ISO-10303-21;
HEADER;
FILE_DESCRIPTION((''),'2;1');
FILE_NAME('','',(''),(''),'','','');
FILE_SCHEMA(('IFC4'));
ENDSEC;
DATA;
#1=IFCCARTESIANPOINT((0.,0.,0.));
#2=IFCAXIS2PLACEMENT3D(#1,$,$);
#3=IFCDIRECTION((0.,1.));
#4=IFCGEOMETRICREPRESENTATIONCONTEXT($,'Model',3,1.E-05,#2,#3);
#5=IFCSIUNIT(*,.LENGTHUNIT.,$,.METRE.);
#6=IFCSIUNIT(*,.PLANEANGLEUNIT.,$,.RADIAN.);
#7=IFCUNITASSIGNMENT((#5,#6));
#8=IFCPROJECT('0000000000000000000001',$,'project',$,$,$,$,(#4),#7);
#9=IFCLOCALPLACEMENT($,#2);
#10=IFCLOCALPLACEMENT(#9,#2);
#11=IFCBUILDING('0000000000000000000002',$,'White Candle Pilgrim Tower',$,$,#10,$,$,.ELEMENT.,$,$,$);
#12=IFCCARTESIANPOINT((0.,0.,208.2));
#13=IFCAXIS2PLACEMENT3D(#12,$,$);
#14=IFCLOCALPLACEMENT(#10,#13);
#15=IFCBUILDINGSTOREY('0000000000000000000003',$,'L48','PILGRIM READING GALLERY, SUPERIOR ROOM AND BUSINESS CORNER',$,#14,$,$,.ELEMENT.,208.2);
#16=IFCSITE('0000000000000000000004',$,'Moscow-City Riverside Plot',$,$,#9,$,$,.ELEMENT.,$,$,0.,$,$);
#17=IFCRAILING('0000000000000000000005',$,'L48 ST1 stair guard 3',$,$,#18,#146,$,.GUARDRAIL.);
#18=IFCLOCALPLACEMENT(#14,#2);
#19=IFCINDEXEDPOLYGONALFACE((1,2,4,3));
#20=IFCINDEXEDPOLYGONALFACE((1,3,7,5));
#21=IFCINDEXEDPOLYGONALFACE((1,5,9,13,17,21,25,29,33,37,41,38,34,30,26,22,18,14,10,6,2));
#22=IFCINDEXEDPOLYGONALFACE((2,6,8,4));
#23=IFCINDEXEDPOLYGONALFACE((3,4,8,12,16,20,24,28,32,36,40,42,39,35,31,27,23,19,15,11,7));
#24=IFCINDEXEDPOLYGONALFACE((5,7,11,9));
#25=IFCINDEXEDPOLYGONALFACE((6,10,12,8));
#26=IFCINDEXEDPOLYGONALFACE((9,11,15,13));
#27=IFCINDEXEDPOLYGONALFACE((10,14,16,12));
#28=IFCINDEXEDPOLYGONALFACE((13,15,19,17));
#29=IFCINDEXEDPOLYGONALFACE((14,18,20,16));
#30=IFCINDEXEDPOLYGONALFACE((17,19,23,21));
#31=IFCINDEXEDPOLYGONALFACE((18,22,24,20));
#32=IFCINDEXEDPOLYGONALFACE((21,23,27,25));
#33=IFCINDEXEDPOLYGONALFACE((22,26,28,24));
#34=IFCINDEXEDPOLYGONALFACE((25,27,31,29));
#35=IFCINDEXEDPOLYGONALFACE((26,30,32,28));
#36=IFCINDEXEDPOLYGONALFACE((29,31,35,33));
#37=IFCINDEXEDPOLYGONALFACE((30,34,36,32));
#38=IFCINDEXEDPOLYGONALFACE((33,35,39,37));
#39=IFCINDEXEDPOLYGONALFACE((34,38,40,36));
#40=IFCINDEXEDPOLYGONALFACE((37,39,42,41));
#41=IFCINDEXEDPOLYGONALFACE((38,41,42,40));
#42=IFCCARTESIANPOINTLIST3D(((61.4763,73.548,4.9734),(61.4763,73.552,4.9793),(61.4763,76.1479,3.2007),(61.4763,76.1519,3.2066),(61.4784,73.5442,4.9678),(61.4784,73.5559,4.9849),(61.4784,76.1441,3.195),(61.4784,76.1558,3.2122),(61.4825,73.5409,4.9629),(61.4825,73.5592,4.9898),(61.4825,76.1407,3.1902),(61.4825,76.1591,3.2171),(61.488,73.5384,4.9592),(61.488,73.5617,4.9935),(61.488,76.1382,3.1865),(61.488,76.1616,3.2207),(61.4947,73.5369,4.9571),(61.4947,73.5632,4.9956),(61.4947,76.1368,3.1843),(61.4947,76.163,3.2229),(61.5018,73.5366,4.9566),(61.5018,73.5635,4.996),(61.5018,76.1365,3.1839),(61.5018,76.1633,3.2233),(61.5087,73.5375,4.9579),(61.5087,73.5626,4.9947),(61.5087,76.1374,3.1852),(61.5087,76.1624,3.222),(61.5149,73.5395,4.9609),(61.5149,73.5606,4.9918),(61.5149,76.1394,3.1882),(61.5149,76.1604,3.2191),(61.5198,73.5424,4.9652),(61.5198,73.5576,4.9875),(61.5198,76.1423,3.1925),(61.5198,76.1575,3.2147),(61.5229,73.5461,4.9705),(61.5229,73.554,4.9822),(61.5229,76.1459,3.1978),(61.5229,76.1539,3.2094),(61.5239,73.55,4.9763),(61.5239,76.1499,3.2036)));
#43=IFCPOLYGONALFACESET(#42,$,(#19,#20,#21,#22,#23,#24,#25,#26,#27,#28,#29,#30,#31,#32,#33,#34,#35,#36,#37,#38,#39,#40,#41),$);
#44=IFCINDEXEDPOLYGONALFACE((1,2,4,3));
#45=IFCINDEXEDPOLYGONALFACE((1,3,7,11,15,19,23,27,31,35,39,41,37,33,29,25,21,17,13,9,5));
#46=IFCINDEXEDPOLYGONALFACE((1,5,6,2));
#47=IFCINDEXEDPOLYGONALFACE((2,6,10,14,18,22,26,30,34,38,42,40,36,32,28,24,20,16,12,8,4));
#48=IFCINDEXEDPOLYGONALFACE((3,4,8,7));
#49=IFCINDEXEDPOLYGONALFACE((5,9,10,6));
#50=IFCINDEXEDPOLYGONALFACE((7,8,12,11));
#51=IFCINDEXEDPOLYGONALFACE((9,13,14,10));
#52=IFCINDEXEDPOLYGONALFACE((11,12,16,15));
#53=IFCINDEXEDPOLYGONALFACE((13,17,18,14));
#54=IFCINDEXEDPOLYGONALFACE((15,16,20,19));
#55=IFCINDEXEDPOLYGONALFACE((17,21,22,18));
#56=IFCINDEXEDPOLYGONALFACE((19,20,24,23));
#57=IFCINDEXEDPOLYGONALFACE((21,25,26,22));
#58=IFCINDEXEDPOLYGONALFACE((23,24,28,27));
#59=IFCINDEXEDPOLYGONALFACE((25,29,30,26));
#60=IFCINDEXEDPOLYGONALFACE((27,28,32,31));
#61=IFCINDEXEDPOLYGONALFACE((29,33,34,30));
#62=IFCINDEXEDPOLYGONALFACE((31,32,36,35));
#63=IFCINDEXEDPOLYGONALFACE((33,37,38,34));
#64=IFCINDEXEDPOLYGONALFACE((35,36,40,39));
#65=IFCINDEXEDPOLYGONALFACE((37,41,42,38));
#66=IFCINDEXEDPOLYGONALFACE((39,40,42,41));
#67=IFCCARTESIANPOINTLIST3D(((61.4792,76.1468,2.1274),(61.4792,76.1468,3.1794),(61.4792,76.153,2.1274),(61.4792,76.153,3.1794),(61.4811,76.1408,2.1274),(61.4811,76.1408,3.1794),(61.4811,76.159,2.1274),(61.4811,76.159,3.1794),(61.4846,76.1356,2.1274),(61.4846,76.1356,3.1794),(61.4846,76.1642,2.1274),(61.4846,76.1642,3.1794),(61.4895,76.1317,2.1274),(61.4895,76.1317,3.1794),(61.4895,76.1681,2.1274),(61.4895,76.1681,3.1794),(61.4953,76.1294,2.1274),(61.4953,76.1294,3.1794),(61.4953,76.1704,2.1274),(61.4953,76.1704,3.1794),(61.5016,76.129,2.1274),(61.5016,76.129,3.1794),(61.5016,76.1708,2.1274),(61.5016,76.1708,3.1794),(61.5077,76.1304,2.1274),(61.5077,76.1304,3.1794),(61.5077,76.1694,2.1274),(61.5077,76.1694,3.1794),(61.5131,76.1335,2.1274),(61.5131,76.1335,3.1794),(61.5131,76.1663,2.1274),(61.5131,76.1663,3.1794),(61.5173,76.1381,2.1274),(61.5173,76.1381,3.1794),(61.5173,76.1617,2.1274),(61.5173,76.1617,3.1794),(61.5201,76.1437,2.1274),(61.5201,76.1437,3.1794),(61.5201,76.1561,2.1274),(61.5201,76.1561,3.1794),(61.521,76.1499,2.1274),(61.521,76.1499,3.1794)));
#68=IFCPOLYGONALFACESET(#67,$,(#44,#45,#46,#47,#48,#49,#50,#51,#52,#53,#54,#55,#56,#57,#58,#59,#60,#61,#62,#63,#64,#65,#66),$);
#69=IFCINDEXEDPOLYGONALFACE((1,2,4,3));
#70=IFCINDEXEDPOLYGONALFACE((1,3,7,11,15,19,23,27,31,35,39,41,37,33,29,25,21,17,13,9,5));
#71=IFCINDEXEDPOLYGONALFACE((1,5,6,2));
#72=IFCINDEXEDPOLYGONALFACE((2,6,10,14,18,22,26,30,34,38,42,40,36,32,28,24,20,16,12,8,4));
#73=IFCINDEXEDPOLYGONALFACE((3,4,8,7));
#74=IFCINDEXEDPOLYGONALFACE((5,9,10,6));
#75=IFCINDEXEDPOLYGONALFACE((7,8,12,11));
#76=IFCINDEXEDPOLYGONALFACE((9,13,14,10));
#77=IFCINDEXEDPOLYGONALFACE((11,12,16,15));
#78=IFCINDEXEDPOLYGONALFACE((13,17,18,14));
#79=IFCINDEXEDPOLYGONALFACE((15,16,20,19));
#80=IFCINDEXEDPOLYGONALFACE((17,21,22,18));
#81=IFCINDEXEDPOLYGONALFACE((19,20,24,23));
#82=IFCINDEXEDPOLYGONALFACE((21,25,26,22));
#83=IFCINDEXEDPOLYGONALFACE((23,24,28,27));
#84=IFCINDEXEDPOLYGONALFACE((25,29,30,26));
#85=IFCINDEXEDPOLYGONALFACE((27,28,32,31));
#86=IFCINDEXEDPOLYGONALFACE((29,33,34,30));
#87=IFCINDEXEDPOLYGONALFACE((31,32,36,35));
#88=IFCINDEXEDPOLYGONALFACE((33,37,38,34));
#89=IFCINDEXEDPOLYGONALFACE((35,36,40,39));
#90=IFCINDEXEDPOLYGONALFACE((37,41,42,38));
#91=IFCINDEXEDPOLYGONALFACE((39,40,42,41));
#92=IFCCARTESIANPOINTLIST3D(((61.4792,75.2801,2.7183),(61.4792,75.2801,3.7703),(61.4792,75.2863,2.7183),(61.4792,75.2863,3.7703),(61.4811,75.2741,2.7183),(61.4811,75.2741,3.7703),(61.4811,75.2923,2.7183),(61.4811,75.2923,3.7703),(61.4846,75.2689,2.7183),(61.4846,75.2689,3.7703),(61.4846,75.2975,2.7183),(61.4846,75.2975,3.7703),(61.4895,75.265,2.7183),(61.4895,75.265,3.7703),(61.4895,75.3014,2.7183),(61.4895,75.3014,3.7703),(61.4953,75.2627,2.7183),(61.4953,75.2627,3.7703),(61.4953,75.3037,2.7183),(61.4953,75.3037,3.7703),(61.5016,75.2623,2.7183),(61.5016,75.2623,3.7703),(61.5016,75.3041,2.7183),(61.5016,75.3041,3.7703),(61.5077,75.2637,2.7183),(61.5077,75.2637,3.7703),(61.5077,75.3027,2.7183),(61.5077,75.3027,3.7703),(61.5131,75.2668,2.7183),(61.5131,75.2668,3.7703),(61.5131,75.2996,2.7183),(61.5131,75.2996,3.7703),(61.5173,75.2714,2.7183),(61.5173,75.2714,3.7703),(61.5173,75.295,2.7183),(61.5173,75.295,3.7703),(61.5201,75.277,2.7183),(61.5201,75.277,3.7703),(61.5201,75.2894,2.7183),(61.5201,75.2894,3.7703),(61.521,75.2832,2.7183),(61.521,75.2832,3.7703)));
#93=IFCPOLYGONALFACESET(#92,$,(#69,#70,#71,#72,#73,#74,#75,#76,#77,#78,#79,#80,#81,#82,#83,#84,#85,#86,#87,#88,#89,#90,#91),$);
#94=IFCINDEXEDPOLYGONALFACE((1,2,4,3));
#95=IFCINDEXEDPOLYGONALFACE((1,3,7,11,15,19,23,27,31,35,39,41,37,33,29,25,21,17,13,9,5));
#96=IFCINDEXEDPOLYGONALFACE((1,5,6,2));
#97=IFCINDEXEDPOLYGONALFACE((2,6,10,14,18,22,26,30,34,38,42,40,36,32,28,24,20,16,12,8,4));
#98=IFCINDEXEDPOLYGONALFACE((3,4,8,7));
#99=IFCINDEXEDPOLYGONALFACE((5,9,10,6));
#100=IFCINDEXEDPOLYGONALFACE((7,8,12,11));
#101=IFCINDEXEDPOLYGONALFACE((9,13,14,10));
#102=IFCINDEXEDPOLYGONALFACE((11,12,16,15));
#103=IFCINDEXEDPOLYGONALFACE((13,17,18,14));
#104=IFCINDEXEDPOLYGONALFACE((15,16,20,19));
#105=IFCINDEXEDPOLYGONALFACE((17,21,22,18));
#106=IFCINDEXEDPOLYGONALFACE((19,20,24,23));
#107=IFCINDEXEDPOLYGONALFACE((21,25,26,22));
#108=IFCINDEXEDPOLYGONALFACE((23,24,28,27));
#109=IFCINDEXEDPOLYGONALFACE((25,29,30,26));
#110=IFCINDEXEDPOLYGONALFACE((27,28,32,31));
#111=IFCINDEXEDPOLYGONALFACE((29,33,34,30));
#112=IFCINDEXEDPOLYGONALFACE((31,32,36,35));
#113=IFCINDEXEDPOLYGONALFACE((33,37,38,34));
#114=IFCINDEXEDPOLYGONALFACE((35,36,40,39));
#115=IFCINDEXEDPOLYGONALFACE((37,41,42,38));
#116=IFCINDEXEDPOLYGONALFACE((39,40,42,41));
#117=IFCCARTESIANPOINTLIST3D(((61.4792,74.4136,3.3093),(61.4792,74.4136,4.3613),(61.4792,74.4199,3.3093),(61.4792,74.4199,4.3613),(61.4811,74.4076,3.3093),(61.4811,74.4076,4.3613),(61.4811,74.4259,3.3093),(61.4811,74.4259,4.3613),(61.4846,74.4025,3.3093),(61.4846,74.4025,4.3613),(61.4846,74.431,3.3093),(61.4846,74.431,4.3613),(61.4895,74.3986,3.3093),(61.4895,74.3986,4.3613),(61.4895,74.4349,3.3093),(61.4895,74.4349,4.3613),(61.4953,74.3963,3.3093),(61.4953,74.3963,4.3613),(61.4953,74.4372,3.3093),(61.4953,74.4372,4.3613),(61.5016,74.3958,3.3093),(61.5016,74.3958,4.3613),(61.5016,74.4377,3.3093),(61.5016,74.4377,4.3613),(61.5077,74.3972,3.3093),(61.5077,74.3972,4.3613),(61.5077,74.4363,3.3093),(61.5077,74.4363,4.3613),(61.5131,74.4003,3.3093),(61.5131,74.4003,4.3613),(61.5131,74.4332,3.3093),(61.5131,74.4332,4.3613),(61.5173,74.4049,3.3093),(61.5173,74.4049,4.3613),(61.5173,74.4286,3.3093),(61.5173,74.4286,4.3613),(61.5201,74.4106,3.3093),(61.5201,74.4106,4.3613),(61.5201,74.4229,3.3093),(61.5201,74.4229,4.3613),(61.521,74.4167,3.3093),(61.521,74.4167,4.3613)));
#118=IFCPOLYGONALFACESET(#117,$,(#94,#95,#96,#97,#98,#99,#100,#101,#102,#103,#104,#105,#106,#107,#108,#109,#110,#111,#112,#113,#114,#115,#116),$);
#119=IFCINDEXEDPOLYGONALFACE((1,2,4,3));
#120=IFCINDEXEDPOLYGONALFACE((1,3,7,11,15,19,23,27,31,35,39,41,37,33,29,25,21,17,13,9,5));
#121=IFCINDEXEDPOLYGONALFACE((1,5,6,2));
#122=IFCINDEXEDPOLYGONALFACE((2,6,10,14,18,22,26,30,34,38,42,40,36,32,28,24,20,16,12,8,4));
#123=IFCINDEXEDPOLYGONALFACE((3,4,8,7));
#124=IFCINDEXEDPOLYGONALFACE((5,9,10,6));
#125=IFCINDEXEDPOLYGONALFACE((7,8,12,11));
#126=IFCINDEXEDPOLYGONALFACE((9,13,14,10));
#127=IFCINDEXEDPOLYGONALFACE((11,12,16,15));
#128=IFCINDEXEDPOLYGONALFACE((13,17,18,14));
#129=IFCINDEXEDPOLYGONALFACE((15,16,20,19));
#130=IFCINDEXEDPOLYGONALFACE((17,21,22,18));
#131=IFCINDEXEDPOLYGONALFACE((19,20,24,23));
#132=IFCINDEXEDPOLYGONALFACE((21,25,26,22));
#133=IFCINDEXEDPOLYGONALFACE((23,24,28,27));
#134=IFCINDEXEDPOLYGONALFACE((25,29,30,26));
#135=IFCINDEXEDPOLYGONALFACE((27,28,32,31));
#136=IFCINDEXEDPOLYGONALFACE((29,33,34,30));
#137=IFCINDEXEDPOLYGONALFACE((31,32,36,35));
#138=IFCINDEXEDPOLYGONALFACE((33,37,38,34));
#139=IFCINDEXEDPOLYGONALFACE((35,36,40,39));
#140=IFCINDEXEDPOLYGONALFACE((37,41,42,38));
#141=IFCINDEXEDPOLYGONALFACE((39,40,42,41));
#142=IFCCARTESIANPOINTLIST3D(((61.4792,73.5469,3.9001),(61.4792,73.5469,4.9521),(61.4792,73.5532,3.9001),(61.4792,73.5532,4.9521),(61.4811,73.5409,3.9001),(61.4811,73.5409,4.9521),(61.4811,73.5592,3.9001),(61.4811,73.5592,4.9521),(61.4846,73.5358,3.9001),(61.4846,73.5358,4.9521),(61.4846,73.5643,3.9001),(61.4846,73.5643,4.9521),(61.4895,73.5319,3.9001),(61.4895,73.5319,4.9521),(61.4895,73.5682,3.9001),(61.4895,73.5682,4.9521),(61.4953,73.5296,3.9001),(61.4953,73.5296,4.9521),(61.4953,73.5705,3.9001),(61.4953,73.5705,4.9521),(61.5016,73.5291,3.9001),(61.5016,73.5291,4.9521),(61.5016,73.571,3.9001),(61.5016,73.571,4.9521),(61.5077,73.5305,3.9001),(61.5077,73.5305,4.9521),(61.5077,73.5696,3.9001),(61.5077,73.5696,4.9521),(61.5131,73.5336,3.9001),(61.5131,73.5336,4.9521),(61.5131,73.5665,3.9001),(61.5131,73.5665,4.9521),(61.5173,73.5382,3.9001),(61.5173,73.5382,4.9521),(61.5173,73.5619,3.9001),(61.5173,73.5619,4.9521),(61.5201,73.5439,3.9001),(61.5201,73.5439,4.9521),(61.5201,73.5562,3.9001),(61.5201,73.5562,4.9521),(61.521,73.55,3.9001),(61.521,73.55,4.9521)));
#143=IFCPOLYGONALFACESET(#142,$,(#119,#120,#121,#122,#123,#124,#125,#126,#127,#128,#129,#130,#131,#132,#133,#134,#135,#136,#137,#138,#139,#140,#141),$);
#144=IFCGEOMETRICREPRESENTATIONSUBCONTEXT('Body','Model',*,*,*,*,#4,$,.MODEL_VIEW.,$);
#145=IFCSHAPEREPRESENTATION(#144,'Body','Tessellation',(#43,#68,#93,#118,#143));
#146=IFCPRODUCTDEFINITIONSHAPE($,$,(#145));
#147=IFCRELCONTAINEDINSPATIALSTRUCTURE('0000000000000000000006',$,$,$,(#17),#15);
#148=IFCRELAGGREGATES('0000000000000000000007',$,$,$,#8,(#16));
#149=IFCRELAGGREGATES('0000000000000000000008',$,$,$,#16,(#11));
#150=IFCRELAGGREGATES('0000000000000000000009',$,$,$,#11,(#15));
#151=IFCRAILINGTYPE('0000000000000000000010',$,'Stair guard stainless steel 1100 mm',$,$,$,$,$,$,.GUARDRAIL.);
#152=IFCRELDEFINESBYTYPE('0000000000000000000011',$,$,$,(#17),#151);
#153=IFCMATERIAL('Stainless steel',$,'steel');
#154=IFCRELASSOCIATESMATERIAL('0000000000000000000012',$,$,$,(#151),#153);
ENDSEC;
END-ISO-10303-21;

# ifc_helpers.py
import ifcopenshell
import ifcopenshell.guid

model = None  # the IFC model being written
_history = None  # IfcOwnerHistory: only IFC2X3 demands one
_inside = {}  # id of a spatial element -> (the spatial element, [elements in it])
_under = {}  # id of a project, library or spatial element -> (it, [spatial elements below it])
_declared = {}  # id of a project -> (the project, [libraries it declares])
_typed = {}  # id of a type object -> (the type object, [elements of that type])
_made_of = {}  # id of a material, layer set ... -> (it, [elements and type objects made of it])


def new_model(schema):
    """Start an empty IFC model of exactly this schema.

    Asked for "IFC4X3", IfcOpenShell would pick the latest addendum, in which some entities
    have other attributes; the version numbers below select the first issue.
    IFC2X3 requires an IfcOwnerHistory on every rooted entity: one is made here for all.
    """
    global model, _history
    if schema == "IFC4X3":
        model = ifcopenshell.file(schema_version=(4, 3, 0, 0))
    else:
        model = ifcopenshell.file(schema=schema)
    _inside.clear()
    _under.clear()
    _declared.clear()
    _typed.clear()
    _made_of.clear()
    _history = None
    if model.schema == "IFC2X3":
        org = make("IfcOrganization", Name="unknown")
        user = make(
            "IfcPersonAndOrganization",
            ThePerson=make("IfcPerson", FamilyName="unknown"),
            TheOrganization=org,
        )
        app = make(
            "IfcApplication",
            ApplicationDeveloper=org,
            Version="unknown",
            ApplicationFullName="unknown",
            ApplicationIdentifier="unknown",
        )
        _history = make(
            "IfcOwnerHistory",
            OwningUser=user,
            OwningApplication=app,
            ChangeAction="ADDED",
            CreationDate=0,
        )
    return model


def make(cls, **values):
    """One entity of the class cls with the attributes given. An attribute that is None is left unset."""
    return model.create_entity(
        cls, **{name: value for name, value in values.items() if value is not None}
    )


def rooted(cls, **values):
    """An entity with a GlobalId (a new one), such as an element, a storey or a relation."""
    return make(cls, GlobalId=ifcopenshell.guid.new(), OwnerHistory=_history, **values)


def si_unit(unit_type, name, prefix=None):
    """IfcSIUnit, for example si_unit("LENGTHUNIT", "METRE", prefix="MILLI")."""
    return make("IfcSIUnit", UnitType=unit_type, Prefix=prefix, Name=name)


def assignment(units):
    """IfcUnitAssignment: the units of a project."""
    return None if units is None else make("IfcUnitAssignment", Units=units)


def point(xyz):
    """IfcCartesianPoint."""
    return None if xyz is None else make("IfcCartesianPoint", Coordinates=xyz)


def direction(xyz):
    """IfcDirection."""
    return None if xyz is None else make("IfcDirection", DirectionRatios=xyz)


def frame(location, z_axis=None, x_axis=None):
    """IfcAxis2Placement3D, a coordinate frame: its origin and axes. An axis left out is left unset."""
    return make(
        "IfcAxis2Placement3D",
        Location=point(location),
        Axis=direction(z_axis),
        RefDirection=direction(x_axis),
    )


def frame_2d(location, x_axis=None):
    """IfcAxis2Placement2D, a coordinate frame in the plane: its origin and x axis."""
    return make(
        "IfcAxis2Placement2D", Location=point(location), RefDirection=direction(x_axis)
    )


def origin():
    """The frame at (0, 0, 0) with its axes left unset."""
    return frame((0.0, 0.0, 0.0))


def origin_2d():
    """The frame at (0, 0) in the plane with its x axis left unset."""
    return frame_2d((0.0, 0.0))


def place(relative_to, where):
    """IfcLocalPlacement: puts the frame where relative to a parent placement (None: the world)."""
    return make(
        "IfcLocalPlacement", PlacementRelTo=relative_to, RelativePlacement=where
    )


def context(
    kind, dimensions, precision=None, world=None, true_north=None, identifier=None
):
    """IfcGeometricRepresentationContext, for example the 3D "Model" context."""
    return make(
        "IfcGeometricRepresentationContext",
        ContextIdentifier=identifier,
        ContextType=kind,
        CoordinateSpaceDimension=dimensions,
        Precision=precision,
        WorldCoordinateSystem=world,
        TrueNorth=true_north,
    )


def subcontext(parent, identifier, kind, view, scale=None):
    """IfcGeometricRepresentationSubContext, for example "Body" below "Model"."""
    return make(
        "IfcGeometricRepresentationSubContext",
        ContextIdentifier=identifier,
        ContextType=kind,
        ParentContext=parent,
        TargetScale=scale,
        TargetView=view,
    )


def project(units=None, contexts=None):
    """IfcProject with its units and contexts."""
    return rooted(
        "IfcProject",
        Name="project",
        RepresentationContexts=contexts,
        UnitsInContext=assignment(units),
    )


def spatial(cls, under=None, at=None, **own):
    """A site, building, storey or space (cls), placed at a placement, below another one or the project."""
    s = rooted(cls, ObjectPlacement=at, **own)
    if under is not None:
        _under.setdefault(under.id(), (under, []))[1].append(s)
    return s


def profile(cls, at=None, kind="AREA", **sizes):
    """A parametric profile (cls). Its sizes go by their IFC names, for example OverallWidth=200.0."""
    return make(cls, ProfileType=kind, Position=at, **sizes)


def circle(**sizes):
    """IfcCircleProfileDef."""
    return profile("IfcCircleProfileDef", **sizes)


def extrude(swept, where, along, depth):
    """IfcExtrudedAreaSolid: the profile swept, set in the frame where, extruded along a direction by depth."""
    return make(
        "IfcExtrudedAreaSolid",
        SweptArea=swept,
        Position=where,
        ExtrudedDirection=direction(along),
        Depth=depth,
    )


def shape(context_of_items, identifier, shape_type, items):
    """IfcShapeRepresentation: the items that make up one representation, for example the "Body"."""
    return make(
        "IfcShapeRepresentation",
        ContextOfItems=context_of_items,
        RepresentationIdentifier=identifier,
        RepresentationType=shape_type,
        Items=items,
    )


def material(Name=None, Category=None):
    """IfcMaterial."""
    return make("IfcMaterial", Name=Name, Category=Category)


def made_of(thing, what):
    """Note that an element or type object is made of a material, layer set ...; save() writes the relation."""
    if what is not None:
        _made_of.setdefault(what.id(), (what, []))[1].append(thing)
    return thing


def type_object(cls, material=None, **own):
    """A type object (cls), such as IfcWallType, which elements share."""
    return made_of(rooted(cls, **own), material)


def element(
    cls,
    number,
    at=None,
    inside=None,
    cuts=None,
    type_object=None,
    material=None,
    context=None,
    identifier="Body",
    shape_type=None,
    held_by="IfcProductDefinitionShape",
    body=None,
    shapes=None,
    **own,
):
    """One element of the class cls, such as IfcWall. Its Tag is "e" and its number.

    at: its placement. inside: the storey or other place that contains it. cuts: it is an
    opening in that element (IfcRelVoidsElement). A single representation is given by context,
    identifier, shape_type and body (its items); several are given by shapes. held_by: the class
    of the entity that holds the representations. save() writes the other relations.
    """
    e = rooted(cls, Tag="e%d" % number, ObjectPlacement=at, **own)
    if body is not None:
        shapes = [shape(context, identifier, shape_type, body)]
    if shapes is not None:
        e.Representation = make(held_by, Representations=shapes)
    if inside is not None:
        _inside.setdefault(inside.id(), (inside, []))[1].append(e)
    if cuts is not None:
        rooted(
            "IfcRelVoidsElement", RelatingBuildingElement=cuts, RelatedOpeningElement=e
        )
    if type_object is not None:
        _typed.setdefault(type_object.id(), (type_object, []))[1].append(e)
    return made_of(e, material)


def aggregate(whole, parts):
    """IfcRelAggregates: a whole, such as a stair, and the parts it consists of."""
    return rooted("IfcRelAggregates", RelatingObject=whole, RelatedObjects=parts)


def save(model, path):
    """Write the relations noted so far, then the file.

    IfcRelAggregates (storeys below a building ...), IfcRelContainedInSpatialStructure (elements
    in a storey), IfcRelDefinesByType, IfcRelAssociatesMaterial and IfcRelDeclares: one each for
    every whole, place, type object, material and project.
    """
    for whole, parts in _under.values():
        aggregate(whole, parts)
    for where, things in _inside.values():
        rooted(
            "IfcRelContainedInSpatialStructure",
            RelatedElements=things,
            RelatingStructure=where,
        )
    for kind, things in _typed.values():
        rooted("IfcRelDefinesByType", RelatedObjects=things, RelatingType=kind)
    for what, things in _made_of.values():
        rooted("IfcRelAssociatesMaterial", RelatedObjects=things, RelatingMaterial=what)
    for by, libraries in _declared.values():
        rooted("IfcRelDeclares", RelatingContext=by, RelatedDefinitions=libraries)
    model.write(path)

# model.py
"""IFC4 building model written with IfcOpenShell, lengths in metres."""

from ifc_helpers import new_model, si_unit, direction, frame, origin, origin_2d, place, context, subcontext, project, spatial, circle, extrude, material, type_object, element, save


model = new_model("IFC4")

# Units and contexts
model_context = context("Model", 3, precision=1e-05, world=origin(), true_north=direction((0.0, 1.0)))
body_context = subcontext(model_context, "Body", "Model", "MODEL_VIEW")
ifc_project = project(units=[si_unit("LENGTHUNIT", "METRE"), si_unit("PLANEANGLEUNIT", "RADIAN")], contexts=[model_context])

# Site, building, storey
site_placement = place(None, origin())
site = spatial("IfcSite", under=ifc_project, at=site_placement, Name="Moscow-City Riverside Plot", CompositionType="ELEMENT", RefElevation=0.0)
building_placement = place(site_placement, origin())
building = spatial("IfcBuilding", under=site, at=building_placement, Name="White Candle Pilgrim Tower", CompositionType="ELEMENT")
storey_placement = place(building_placement, frame((0.0, 0.0, 208.2)))
storey = spatial("IfcBuildingStorey", under=building, at=storey_placement, Name="L48", Description="PILGRIM READING GALLERY, SUPERIOR ROOM AND BUSINESS CORNER", CompositionType="ELEMENT", Elevation=208.2)

# Shared definitions
ifc_material_1 = material(Name="Stainless steel", Category="steel")

# Railing
railing_type_1 = type_object("IfcRailingType", Name="Stair guard stainless steel 1100 mm", PredefinedType="GUARDRAIL", material=ifc_material_1)
railing_1_placement = place(storey_placement, frame((61.5, 76.1499, 2.1274)))
element("IfcRailing", 1, at=railing_1_placement, inside=storey, type_object=railing_type_1, Name="L48 ST1 stair guard 3", PredefinedType="GUARDRAIL", context=body_context, shape_type="SweptSolid", body=[
    extrude(circle(Radius=0.0239, at=origin_2d()), frame((0.0, 0.0, 1.0762), z_axis=(0.0, -0.826216, 0.563354), x_axis=(1.0, 0.0, 0.0)), (0.0, 0.0, 1.0), 3.1467),
    extrude(circle(Radius=0.021, at=origin_2d()), origin(), (0.0, 0.0, 1.0), 1.052),
    extrude(circle(Radius=0.021, at=origin_2d()), frame((0.0, -0.8667, 0.5908)), (0.0, 0.0, 1.0), 1.052),
    extrude(circle(Radius=0.021, at=origin_2d()), frame((0.0, -1.7332, 1.1819)), (0.0, 0.0, 1.0), 1.052),
    extrude(circle(Radius=0.021, at=origin_2d()), frame((0.0, -2.5999, 1.7727)), (0.0, 0.0, 1.0), 1.052),
])

save(model, "model.ifc")
